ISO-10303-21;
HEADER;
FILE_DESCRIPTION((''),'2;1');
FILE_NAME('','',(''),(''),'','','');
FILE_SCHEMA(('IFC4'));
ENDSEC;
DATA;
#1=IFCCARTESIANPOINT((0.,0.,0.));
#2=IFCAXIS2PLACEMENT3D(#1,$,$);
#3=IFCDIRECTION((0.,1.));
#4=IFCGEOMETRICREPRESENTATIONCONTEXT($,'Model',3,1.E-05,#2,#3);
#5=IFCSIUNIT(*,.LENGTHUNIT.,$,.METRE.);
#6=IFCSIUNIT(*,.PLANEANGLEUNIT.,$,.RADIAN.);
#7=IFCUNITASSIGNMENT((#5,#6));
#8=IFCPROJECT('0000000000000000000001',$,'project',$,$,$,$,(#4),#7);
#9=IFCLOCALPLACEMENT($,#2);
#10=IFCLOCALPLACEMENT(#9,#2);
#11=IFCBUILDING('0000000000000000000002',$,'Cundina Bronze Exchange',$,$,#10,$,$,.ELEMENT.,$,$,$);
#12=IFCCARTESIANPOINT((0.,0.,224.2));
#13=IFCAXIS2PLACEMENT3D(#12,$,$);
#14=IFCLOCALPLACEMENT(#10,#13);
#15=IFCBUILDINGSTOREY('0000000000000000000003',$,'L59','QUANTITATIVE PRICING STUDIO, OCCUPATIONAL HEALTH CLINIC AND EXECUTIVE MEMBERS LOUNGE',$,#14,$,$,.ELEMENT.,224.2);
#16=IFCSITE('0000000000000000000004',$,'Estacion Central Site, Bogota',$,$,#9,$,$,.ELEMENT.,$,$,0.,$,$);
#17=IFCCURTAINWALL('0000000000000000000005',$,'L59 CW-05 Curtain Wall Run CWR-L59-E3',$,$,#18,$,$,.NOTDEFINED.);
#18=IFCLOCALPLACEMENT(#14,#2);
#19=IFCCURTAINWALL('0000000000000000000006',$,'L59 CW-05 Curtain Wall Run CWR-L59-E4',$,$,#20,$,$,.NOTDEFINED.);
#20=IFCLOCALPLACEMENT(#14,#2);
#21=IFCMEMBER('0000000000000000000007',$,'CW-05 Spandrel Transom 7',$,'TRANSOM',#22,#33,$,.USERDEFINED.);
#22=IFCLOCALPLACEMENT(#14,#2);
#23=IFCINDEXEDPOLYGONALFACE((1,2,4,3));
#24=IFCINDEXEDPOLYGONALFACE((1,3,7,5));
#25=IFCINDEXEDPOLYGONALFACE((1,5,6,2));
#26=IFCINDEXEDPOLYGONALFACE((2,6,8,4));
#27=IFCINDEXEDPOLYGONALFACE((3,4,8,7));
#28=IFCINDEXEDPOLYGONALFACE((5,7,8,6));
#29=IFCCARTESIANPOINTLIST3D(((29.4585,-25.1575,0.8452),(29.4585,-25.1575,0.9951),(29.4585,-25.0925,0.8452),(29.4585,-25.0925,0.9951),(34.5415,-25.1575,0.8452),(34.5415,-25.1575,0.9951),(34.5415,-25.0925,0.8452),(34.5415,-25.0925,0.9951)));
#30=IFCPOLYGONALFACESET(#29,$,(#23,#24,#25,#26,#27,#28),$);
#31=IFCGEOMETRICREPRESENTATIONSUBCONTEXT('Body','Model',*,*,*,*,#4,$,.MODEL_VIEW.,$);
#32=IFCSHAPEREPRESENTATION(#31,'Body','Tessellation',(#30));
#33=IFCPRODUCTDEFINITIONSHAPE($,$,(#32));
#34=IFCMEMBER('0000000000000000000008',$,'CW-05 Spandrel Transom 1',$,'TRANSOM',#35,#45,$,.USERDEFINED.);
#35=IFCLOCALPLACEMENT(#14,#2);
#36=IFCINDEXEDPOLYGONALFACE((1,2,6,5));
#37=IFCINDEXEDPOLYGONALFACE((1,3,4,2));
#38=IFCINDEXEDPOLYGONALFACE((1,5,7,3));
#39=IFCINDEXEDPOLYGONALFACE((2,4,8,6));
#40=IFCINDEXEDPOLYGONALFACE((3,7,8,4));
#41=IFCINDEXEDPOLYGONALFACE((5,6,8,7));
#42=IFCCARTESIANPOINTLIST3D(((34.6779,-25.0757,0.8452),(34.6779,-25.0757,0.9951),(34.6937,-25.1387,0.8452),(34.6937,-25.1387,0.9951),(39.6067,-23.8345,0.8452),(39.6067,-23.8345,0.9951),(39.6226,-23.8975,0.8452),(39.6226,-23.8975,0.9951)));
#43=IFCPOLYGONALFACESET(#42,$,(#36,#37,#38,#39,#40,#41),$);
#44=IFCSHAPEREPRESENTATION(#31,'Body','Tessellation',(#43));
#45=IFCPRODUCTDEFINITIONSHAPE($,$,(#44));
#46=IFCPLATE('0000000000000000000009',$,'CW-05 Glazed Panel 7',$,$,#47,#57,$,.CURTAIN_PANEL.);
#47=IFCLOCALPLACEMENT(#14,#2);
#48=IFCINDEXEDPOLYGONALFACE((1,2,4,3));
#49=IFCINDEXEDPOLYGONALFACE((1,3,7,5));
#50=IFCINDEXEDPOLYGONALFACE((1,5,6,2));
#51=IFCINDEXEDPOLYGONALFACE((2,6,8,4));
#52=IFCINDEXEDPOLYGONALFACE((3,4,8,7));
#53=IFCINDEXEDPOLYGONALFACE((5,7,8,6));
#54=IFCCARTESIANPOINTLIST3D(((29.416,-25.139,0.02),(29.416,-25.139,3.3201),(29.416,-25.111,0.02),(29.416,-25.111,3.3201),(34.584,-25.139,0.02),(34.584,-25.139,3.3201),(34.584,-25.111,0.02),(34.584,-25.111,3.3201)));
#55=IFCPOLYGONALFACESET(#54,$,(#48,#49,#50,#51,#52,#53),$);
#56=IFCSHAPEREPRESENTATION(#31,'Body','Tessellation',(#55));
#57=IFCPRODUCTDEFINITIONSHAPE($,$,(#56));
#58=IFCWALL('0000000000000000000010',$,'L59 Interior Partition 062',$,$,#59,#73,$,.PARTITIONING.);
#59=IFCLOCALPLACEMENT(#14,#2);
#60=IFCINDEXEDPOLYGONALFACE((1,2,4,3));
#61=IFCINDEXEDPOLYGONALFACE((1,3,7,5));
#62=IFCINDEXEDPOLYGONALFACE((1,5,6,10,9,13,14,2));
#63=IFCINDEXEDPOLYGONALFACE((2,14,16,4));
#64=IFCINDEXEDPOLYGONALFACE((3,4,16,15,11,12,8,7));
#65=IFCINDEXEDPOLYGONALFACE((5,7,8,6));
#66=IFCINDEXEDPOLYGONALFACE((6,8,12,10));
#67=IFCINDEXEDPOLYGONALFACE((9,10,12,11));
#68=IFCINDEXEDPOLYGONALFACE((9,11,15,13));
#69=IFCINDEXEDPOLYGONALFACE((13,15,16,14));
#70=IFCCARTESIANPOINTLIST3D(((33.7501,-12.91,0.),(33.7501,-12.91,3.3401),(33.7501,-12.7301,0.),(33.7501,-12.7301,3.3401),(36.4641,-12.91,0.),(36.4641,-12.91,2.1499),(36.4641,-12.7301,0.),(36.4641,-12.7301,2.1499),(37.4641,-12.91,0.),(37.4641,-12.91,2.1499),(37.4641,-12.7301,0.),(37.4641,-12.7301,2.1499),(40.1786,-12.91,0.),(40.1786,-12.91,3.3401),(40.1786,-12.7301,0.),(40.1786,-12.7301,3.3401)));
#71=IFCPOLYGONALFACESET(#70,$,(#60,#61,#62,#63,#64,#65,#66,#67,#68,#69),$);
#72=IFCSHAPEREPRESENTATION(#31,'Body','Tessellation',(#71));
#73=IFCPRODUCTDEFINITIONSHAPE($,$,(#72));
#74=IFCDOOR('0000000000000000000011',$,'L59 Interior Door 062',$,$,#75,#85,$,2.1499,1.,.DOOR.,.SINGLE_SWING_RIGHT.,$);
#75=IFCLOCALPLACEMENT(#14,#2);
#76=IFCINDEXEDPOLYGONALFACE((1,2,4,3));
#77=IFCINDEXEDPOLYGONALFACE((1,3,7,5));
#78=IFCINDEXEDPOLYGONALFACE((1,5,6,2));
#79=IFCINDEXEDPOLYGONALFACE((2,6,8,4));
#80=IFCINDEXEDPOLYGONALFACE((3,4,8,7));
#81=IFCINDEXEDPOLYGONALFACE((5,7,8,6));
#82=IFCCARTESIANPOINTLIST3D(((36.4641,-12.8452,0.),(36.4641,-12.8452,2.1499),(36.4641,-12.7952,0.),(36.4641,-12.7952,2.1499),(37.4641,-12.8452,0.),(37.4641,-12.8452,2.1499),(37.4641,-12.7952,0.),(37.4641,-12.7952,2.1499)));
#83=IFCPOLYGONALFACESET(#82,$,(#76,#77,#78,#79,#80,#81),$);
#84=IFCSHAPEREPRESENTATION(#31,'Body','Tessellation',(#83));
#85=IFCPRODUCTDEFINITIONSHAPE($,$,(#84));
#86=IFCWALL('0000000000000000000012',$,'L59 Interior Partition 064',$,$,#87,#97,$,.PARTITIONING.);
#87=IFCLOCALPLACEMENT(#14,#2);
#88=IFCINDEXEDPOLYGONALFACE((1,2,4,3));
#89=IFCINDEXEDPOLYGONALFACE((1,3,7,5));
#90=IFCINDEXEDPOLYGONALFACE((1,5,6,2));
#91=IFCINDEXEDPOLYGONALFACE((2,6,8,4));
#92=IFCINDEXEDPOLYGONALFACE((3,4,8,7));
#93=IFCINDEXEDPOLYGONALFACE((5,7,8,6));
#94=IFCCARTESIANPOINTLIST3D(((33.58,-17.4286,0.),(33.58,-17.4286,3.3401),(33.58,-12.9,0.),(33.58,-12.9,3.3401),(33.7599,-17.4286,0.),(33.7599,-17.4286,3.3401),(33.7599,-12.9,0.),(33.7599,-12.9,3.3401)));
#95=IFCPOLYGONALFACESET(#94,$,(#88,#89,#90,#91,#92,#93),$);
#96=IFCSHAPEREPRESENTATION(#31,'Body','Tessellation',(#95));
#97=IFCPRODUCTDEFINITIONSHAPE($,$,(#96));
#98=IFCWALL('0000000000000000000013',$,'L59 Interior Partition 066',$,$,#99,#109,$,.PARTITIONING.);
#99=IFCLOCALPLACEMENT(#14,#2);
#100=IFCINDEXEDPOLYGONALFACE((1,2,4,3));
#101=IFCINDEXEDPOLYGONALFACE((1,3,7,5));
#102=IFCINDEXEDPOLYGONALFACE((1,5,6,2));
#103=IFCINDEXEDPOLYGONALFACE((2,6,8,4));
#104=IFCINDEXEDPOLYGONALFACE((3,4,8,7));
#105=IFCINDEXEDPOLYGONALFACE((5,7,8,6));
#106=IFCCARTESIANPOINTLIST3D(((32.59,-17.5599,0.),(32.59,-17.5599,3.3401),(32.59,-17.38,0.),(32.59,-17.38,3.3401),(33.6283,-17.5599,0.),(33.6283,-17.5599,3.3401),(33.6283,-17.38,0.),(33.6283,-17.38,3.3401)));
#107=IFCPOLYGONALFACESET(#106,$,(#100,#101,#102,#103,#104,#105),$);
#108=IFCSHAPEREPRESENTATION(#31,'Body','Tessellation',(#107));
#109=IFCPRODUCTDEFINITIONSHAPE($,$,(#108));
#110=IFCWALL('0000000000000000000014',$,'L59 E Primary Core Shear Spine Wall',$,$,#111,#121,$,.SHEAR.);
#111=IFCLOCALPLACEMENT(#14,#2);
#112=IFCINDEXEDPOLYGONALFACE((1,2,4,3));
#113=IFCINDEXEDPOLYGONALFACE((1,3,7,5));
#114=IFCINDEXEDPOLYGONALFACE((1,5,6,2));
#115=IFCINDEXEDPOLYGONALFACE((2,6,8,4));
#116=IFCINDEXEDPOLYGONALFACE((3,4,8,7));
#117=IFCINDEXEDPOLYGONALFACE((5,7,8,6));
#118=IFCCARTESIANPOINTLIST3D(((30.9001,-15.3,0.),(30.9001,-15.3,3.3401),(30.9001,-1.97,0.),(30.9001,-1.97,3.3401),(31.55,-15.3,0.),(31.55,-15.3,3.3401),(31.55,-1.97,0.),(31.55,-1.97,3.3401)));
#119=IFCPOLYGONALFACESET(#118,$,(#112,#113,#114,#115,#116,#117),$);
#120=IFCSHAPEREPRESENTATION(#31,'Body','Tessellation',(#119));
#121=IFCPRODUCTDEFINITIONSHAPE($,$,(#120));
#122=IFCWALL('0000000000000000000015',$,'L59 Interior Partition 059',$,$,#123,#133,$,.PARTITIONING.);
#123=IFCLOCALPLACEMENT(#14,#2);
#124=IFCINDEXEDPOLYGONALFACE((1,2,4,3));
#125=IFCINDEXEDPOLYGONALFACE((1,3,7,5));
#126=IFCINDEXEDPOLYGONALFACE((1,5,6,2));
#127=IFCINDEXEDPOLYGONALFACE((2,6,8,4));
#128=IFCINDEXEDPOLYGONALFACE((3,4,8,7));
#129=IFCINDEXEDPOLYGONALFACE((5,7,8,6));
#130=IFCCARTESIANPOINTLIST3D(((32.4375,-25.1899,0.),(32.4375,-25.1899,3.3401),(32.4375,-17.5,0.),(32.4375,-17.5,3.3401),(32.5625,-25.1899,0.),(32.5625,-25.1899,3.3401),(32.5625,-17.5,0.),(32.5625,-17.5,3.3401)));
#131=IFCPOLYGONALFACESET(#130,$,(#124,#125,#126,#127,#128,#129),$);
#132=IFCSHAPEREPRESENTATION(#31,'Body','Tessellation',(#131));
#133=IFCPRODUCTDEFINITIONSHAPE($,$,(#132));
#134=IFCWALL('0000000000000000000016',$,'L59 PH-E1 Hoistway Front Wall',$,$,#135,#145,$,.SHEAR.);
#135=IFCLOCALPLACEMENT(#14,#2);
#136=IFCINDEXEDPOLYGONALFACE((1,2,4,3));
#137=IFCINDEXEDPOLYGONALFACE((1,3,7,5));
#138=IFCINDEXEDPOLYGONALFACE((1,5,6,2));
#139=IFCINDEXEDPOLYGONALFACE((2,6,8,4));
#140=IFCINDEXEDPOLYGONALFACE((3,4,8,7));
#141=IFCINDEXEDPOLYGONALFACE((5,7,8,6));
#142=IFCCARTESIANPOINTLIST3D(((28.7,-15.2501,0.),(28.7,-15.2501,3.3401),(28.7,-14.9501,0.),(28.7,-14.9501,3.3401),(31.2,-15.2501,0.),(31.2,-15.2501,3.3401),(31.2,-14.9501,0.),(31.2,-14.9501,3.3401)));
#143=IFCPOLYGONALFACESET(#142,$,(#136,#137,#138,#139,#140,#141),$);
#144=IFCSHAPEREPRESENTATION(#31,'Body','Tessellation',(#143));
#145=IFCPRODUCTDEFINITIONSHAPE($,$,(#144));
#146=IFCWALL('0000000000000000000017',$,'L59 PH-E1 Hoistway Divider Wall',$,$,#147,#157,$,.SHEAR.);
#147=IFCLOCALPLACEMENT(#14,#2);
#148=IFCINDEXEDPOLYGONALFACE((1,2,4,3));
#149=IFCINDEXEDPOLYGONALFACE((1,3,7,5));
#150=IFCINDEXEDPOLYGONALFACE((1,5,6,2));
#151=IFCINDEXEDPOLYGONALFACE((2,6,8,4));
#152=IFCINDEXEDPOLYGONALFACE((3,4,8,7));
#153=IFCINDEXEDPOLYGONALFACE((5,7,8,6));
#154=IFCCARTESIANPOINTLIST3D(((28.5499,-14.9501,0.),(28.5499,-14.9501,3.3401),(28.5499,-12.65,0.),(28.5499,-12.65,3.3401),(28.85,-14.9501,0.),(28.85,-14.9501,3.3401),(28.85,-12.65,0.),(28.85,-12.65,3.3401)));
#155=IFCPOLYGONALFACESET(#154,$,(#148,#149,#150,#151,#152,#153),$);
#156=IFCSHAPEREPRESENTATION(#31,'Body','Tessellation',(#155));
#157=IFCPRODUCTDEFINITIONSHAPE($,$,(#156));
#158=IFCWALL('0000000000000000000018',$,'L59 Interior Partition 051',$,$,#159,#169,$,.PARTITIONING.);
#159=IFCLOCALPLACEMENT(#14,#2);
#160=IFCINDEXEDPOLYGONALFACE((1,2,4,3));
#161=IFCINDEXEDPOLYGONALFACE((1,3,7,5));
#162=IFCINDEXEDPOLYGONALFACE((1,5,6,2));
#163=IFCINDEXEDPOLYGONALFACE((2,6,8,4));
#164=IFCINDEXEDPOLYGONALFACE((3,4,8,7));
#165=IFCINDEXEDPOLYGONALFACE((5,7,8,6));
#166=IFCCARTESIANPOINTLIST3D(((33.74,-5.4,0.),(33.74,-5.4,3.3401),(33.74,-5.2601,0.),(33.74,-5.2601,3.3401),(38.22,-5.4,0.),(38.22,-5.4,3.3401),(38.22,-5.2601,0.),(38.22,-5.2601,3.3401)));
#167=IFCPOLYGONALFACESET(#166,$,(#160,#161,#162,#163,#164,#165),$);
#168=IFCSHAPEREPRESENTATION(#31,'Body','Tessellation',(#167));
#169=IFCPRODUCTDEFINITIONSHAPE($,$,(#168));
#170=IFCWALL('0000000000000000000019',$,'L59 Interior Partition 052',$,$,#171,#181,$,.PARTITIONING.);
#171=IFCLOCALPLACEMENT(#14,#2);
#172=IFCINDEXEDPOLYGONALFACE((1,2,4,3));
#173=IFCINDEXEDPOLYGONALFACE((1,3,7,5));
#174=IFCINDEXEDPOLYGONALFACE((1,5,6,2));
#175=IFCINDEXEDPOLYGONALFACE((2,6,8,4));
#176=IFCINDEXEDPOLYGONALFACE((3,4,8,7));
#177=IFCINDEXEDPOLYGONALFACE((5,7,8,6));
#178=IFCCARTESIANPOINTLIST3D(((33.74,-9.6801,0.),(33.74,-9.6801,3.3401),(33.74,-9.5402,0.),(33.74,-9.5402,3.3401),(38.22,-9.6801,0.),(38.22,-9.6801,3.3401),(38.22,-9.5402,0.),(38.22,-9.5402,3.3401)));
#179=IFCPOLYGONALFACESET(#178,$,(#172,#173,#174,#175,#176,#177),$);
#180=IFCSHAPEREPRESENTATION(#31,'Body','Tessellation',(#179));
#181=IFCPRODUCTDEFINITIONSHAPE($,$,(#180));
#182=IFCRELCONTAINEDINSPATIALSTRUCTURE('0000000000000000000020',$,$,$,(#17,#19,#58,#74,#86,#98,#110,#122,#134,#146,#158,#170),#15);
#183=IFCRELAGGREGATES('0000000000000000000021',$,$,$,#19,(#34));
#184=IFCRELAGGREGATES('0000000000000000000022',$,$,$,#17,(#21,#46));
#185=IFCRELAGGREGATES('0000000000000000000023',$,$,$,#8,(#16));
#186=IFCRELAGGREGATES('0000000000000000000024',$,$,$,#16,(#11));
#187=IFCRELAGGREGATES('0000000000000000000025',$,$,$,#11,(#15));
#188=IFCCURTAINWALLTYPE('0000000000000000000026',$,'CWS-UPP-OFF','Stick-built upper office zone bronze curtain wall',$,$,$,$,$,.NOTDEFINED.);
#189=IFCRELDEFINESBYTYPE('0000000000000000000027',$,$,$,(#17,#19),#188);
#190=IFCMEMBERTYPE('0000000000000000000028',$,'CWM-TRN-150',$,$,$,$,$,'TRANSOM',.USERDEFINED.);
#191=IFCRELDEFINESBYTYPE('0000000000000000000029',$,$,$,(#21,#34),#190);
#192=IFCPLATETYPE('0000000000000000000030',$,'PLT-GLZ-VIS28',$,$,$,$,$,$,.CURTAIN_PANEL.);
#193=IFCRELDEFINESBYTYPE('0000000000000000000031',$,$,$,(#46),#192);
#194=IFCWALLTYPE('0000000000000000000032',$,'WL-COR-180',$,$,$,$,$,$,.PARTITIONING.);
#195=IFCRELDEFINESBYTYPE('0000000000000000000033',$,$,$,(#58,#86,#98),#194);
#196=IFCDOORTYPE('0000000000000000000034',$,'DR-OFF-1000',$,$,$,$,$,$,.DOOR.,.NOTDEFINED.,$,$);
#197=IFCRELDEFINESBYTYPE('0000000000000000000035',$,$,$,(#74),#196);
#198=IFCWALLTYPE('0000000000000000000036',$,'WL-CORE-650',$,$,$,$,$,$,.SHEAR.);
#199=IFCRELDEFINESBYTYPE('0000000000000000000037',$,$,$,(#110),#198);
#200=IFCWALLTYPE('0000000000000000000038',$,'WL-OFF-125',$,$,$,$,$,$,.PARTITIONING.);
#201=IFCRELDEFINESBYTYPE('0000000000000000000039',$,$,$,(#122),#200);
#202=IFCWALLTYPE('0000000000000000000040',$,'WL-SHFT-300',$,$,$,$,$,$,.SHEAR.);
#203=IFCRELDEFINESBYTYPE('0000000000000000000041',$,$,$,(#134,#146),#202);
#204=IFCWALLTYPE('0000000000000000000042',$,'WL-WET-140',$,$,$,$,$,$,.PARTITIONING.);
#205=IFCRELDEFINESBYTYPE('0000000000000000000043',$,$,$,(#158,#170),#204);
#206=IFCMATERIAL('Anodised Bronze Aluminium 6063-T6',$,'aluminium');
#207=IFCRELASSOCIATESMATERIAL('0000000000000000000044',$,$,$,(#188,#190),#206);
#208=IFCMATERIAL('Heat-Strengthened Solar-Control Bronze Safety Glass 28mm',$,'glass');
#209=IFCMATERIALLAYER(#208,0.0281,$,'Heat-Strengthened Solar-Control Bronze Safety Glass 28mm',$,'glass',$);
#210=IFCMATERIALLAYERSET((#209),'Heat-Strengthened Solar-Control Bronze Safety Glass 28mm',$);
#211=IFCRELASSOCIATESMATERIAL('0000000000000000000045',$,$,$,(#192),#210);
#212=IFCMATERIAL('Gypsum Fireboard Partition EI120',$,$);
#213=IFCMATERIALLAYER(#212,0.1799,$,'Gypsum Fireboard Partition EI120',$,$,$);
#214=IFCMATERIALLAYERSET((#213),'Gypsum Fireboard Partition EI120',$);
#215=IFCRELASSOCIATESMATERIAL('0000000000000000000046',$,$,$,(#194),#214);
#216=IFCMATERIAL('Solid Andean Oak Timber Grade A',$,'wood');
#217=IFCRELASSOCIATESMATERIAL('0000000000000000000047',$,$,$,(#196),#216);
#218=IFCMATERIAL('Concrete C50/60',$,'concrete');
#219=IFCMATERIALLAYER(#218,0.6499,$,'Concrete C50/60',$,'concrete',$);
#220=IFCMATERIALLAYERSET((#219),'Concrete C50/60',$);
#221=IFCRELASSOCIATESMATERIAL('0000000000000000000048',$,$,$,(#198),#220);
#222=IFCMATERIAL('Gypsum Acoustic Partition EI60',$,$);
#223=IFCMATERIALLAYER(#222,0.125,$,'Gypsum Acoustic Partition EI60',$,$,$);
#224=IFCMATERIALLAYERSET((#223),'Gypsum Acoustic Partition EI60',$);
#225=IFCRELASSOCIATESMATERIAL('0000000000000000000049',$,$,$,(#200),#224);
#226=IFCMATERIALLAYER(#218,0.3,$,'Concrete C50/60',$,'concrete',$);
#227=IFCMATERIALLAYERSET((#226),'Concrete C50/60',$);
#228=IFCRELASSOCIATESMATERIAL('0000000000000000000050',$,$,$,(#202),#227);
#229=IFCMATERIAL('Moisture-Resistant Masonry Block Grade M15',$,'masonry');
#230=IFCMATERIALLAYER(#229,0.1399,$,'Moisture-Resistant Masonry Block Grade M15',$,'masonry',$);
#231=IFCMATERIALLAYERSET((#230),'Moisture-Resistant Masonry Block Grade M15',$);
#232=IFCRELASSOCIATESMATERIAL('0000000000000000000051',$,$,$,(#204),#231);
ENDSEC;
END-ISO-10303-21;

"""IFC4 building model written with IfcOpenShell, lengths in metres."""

from ifc_helpers import new_model, si_unit, direction, frame, frame_2d, origin, origin_2d, place, context, subcontext, project, spatial, rectangle, extrude, material, layer, layer_set, material_profile, profile_set, type_object, element, fill, aggregate, save


model = new_model("IFC4")

# Units and contexts
model_context = context("Model", 3, precision=1e-05, world=origin(), true_north=direction((0.0, 1.0)))
body_context = subcontext(model_context, "Body", "Model", "MODEL_VIEW")
ifc_project = project(units=[si_unit("LENGTHUNIT", "METRE"), si_unit("PLANEANGLEUNIT", "RADIAN")], contexts=[model_context])

# Site, building, storey
site_placement = place(None, origin())
site = spatial("IfcSite", under=ifc_project, at=site_placement, Name="Estacion Central Site, Bogota", CompositionType="ELEMENT", RefElevation=0.0)
building_placement = place(site_placement, origin())
building = spatial("IfcBuilding", under=site, at=building_placement, Name="Cundina Bronze Exchange", CompositionType="ELEMENT")
storey_placement = place(building_placement, frame((0.0, 0.0, 224.2)))
storey = spatial("IfcBuildingStorey", under=building, at=storey_placement, Name="L59", Description="QUANTITATIVE PRICING STUDIO, OCCUPATIONAL HEALTH CLINIC AND EXECUTIVE MEMBERS LOUNGE", CompositionType="ELEMENT", Elevation=224.2)

# Shared definitions
ifc_material_1 = material(Name="Concrete C50/60", Category="concrete")

# Curtain wall
ifc_material_2 = material(Name="Anodised Bronze Aluminium 6063-T6", Category="aluminium")
curtain_wall_type = type_object("IfcCurtainWallType", Name="CWS-UPP-OFF", Description="Stick-built upper office zone bronze curtain wall", PredefinedType="NOTDEFINED", material=ifc_material_2)
curtain_wall_1_placement = place(storey_placement, origin())
curtain_wall_1 = element("IfcCurtainWall", 1, at=curtain_wall_1_placement, inside=storey, type_object=curtain_wall_type, Name="L59 CW-05 Curtain Wall Run CWR-L59-E3", PredefinedType="NOTDEFINED")

# Curtain wall
curtain_wall_2_placement = place(storey_placement, origin())
curtain_wall_2 = element("IfcCurtainWall", 2, at=curtain_wall_2_placement, inside=storey, type_object=curtain_wall_type, Name="L59 CW-05 Curtain Wall Run CWR-L59-E4", PredefinedType="NOTDEFINED")

# Members
ifc_material_profile_1 = material_profile(ifc_material_2, rectangle(XDim=0.0649, YDim=0.1499, at=origin_2d()), Name="AL65X150", Category="aluminium")
ifc_profile_set_1 = profile_set([ifc_material_profile_1], Name="Anodised Bronze Aluminium 6063-T6")
member_type_1 = type_object("IfcMemberType", Name="CWM-TRN-150", ElementType="TRANSOM", PredefinedType="USERDEFINED", material=ifc_profile_set_1)
member_1_placement = place(storey_placement, frame((29.4585, -25.125, 0.9202), z_axis=(1.0, 0.0, 0.0), x_axis=(0.0, 1.0, 0.0)))
member_1 = element("IfcMember", 3, at=member_1_placement, type_object=member_type_1, Name="CW-05 Spandrel Transom 7", ObjectType="TRANSOM", PredefinedType="USERDEFINED", context=body_context, shape_type="SweptSolid", body=[
    extrude(rectangle(XDim=0.0649, YDim=0.1499, at=origin_2d()), origin(), (0.0, 0.0, 1.0), 5.083),
])
member_2_placement = place(storey_placement, frame((34.6858, -25.1072, 0.9202), z_axis=(0.969726, 0.244197, 0.0), x_axis=(-0.244197, 0.969726, 0.0)))
member_2 = element("IfcMember", 4, at=member_2_placement, type_object=member_type_1, Name="CW-05 Spandrel Transom 1", ObjectType="TRANSOM", PredefinedType="USERDEFINED", context=body_context, shape_type="SweptSolid", body=[
    extrude(rectangle(XDim=0.0649, YDim=0.1499, at=origin_2d()), origin(), (0.0, 0.0, 1.0), 5.0828),
])
aggregate(curtain_wall_2, [member_2])

# Plate
ifc_material_3 = material(Name="Heat-Strengthened Solar-Control Bronze Safety Glass 28mm", Category="glass")
ifc_layer_1 = layer(ifc_material_3, 0.0281, Name="Heat-Strengthened Solar-Control Bronze Safety Glass 28mm", Category="glass")
ifc_layer_set_1 = layer_set([ifc_layer_1], Name="Heat-Strengthened Solar-Control Bronze Safety Glass 28mm")
plate_type = type_object("IfcPlateType", Name="PLT-GLZ-VIS28", PredefinedType="CURTAIN_PANEL", material=ifc_layer_set_1)
plate_placement = place(storey_placement, frame((32.0, -25.125, 0.02), z_axis=(0.0, 0.0, 1.0), x_axis=(1.0, 0.0, 0.0)))
plate = element("IfcPlate", 5, at=plate_placement, type_object=plate_type, Name="CW-05 Glazed Panel 7", PredefinedType="CURTAIN_PANEL", context=body_context, shape_type="SweptSolid", body=[
    extrude(rectangle(XDim=5.168, YDim=0.0281, at=origin_2d()), origin(), (0.0, 0.0, 1.0), 3.3),
])
aggregate(curtain_wall_1, [member_1, plate])

# Wall, opening, door
ifc_material_4 = material(Name="Gypsum Fireboard Partition EI120")
ifc_layer_2 = layer(ifc_material_4, 0.1799, Name="Gypsum Fireboard Partition EI120")
ifc_layer_set_2 = layer_set([ifc_layer_2], Name="Gypsum Fireboard Partition EI120")
wall_type_1 = type_object("IfcWallType", Name="WL-COR-180", PredefinedType="PARTITIONING", material=ifc_layer_set_2)
ifc_material_5 = material(Name="Solid Andean Oak Timber Grade A", Category="wood")
door_type = type_object("IfcDoorType", Name="DR-OFF-1000", OperationType="NOTDEFINED", PredefinedType="DOOR", material=ifc_material_5)
wall_1_placement = place(storey_placement, frame((33.75, -12.8201, 0.0), z_axis=(0.0, 0.0, 1.0), x_axis=(1.0, 0.0, 0.0)))
wall_1 = element("IfcWall", 6, at=wall_1_placement, inside=storey, type_object=wall_type_1, Name="L59 Interior Partition 062", PredefinedType="PARTITIONING", context=body_context, shape_type="SweptSolid", body=[
    extrude(rectangle(XDim=6.4285, YDim=0.1799, at=frame_2d((3.2144, 0.0))), origin(), (0.0, 0.0, 1.0), 3.3401),
])
opening_1_placement = place(wall_1_placement, frame((2.7141, 0.0, 0.0)))
opening_1 = element("IfcOpeningElement", 7, at=opening_1_placement, cuts=wall_1, PredefinedType="OPENING", context=body_context, shape_type="SweptSolid", body=[
    extrude(rectangle(XDim=1.0, YDim=2.1499, at=frame_2d((0.5, 1.075))), frame((0.0, 0.0999, 0.0), z_axis=(0.0, -1.0, 0.0), x_axis=(1.0, 0.0, 0.0)), (0.0, 0.0, 1.0), 0.2),
])
door_1_placement = place(opening_1_placement, origin())
door_1 = element("IfcDoor", 8, at=door_1_placement, inside=storey, type_object=door_type, Name="L59 Interior Door 062", OperationType="SINGLE_SWING_RIGHT", OverallHeight=2.1499, OverallWidth=1.0, PredefinedType="DOOR", context=body_context, shape_type="SweptSolid", body=[
    extrude(rectangle(XDim=1.0, YDim=2.1499, at=frame_2d((0.5, 1.075))), frame((0.0, 0.0249, 0.0), z_axis=(0.0, -1.0, 0.0), x_axis=(1.0, 0.0, 0.0)), (0.0, 0.0, 1.0), 0.05),
])
fill(opening_1, door_1)

# Walls
wall_2_placement = place(storey_placement, frame((33.6699, -17.4285, 0.0), z_axis=(0.0, 0.0, 1.0), x_axis=(0.0, 1.0, 0.0)))
element("IfcWall", 9, at=wall_2_placement, inside=storey, type_object=wall_type_1, Name="L59 Interior Partition 064", PredefinedType="PARTITIONING", context=body_context, shape_type="SweptSolid", body=[
    extrude(rectangle(XDim=4.5286, YDim=0.1799, at=frame_2d((2.2642, 0.0))), origin(), (0.0, 0.0, 1.0), 3.3401),
])
wall_3_placement = place(storey_placement, frame((32.5901, -17.47, 0.0), z_axis=(0.0, 0.0, 1.0), x_axis=(1.0, 0.0, 0.0)))
element("IfcWall", 10, at=wall_3_placement, inside=storey, type_object=wall_type_1, Name="L59 Interior Partition 066", PredefinedType="PARTITIONING", context=body_context, shape_type="SweptSolid", body=[
    extrude(rectangle(XDim=1.0383, YDim=0.1799, at=frame_2d((0.519, 0.0))), origin(), (0.0, 0.0, 1.0), 3.3401),
])
ifc_layer_3 = layer(ifc_material_1, 0.6499, Name="Concrete C50/60", Category="concrete")
ifc_layer_set_3 = layer_set([ifc_layer_3], Name="Concrete C50/60")
wall_type_2 = type_object("IfcWallType", Name="WL-CORE-650", PredefinedType="SHEAR", material=ifc_layer_set_3)
wall_4_placement = place(storey_placement, frame((31.2251, -15.3, 0.0), z_axis=(0.0, 0.0, 1.0), x_axis=(0.0, 1.0, 0.0)))
element("IfcWall", 11, at=wall_4_placement, inside=storey, type_object=wall_type_2, Name="L59 E Primary Core Shear Spine Wall", PredefinedType="SHEAR", context=body_context, shape_type="SweptSolid", body=[
    extrude(rectangle(XDim=13.3301, YDim=0.6499, at=frame_2d((6.665, 0.0))), origin(), (0.0, 0.0, 1.0), 3.3401),
])
ifc_material_6 = material(Name="Gypsum Acoustic Partition EI60")
ifc_layer_4 = layer(ifc_material_6, 0.125, Name="Gypsum Acoustic Partition EI60")
ifc_layer_set_4 = layer_set([ifc_layer_4], Name="Gypsum Acoustic Partition EI60")
wall_type_3 = type_object("IfcWallType", Name="WL-OFF-125", PredefinedType="PARTITIONING", material=ifc_layer_set_4)
wall_5_placement = place(storey_placement, frame((32.5, -25.1899, 0.0), z_axis=(0.0, 0.0, 1.0), x_axis=(0.0, 1.0, 0.0)))
element("IfcWall", 12, at=wall_5_placement, inside=storey, type_object=wall_type_3, Name="L59 Interior Partition 059", PredefinedType="PARTITIONING", context=body_context, shape_type="SweptSolid", body=[
    extrude(rectangle(XDim=7.6899, YDim=0.125, at=frame_2d((3.845, 0.0))), origin(), (0.0, 0.0, 1.0), 3.3401),
])
ifc_layer_5 = layer(ifc_material_1, 0.3, Name="Concrete C50/60", Category="concrete")
ifc_layer_set_5 = layer_set([ifc_layer_5], Name="Concrete C50/60")
wall_type_4 = type_object("IfcWallType", Name="WL-SHFT-300", PredefinedType="SHEAR", material=ifc_layer_set_5)
wall_6_placement = place(storey_placement, frame((28.7, -15.1001, 0.0), z_axis=(0.0, 0.0, 1.0), x_axis=(1.0, 0.0, 0.0)))
element("IfcWall", 13, at=wall_6_placement, inside=storey, type_object=wall_type_4, Name="L59 PH-E1 Hoistway Front Wall", PredefinedType="SHEAR", context=body_context, shape_type="SweptSolid", body=[
    extrude(rectangle(XDim=2.5, YDim=0.3, at=frame_2d((1.25, 0.0))), origin(), (0.0, 0.0, 1.0), 3.3401),
])
wall_7_placement = place(storey_placement, frame((28.7, -14.95, 0.0), z_axis=(0.0, 0.0, 1.0), x_axis=(0.0, 1.0, 0.0)))
element("IfcWall", 14, at=wall_7_placement, inside=storey, type_object=wall_type_4, Name="L59 PH-E1 Hoistway Divider Wall", PredefinedType="SHEAR", context=body_context, shape_type="SweptSolid", body=[
    extrude(rectangle(XDim=2.3, YDim=0.3, at=frame_2d((1.1499, 0.0))), origin(), (0.0, 0.0, 1.0), 3.3401),
])
ifc_material_7 = material(Name="Moisture-Resistant Masonry Block Grade M15", Category="masonry")
ifc_layer_6 = layer(ifc_material_7, 0.1399, Name="Moisture-Resistant Masonry Block Grade M15", Category="masonry")
ifc_layer_set_6 = layer_set([ifc_layer_6], Name="Moisture-Resistant Masonry Block Grade M15")
wall_type_5 = type_object("IfcWallType", Name="WL-WET-140", PredefinedType="PARTITIONING", material=ifc_layer_set_6)
for number, where, z_axis, x_axis, name in (
    (15, (33.74, -5.3301, 0.0), (0.0, 0.0, 1.0), (1.0, 0.0, 0.0), "L59 Interior Partition 051"),
    (16, (33.74, -9.6101, 0.0), (0.0, 0.0, 1.0), (1.0, 0.0, 0.0), "L59 Interior Partition 052"),
):
    element("IfcWall", number, at=place(storey_placement, frame(where, z_axis=z_axis, x_axis=x_axis)), inside=storey, type_object=wall_type_5, Name=name, PredefinedType="PARTITIONING", context=body_context, shape_type="SweptSolid", body=[
        extrude(rectangle(XDim=4.48, YDim=0.1399, at=frame_2d((2.24, 0.0))), origin(), (0.0, 0.0, 1.0), 3.3401),
    ])

save(model, "model.ifc")
